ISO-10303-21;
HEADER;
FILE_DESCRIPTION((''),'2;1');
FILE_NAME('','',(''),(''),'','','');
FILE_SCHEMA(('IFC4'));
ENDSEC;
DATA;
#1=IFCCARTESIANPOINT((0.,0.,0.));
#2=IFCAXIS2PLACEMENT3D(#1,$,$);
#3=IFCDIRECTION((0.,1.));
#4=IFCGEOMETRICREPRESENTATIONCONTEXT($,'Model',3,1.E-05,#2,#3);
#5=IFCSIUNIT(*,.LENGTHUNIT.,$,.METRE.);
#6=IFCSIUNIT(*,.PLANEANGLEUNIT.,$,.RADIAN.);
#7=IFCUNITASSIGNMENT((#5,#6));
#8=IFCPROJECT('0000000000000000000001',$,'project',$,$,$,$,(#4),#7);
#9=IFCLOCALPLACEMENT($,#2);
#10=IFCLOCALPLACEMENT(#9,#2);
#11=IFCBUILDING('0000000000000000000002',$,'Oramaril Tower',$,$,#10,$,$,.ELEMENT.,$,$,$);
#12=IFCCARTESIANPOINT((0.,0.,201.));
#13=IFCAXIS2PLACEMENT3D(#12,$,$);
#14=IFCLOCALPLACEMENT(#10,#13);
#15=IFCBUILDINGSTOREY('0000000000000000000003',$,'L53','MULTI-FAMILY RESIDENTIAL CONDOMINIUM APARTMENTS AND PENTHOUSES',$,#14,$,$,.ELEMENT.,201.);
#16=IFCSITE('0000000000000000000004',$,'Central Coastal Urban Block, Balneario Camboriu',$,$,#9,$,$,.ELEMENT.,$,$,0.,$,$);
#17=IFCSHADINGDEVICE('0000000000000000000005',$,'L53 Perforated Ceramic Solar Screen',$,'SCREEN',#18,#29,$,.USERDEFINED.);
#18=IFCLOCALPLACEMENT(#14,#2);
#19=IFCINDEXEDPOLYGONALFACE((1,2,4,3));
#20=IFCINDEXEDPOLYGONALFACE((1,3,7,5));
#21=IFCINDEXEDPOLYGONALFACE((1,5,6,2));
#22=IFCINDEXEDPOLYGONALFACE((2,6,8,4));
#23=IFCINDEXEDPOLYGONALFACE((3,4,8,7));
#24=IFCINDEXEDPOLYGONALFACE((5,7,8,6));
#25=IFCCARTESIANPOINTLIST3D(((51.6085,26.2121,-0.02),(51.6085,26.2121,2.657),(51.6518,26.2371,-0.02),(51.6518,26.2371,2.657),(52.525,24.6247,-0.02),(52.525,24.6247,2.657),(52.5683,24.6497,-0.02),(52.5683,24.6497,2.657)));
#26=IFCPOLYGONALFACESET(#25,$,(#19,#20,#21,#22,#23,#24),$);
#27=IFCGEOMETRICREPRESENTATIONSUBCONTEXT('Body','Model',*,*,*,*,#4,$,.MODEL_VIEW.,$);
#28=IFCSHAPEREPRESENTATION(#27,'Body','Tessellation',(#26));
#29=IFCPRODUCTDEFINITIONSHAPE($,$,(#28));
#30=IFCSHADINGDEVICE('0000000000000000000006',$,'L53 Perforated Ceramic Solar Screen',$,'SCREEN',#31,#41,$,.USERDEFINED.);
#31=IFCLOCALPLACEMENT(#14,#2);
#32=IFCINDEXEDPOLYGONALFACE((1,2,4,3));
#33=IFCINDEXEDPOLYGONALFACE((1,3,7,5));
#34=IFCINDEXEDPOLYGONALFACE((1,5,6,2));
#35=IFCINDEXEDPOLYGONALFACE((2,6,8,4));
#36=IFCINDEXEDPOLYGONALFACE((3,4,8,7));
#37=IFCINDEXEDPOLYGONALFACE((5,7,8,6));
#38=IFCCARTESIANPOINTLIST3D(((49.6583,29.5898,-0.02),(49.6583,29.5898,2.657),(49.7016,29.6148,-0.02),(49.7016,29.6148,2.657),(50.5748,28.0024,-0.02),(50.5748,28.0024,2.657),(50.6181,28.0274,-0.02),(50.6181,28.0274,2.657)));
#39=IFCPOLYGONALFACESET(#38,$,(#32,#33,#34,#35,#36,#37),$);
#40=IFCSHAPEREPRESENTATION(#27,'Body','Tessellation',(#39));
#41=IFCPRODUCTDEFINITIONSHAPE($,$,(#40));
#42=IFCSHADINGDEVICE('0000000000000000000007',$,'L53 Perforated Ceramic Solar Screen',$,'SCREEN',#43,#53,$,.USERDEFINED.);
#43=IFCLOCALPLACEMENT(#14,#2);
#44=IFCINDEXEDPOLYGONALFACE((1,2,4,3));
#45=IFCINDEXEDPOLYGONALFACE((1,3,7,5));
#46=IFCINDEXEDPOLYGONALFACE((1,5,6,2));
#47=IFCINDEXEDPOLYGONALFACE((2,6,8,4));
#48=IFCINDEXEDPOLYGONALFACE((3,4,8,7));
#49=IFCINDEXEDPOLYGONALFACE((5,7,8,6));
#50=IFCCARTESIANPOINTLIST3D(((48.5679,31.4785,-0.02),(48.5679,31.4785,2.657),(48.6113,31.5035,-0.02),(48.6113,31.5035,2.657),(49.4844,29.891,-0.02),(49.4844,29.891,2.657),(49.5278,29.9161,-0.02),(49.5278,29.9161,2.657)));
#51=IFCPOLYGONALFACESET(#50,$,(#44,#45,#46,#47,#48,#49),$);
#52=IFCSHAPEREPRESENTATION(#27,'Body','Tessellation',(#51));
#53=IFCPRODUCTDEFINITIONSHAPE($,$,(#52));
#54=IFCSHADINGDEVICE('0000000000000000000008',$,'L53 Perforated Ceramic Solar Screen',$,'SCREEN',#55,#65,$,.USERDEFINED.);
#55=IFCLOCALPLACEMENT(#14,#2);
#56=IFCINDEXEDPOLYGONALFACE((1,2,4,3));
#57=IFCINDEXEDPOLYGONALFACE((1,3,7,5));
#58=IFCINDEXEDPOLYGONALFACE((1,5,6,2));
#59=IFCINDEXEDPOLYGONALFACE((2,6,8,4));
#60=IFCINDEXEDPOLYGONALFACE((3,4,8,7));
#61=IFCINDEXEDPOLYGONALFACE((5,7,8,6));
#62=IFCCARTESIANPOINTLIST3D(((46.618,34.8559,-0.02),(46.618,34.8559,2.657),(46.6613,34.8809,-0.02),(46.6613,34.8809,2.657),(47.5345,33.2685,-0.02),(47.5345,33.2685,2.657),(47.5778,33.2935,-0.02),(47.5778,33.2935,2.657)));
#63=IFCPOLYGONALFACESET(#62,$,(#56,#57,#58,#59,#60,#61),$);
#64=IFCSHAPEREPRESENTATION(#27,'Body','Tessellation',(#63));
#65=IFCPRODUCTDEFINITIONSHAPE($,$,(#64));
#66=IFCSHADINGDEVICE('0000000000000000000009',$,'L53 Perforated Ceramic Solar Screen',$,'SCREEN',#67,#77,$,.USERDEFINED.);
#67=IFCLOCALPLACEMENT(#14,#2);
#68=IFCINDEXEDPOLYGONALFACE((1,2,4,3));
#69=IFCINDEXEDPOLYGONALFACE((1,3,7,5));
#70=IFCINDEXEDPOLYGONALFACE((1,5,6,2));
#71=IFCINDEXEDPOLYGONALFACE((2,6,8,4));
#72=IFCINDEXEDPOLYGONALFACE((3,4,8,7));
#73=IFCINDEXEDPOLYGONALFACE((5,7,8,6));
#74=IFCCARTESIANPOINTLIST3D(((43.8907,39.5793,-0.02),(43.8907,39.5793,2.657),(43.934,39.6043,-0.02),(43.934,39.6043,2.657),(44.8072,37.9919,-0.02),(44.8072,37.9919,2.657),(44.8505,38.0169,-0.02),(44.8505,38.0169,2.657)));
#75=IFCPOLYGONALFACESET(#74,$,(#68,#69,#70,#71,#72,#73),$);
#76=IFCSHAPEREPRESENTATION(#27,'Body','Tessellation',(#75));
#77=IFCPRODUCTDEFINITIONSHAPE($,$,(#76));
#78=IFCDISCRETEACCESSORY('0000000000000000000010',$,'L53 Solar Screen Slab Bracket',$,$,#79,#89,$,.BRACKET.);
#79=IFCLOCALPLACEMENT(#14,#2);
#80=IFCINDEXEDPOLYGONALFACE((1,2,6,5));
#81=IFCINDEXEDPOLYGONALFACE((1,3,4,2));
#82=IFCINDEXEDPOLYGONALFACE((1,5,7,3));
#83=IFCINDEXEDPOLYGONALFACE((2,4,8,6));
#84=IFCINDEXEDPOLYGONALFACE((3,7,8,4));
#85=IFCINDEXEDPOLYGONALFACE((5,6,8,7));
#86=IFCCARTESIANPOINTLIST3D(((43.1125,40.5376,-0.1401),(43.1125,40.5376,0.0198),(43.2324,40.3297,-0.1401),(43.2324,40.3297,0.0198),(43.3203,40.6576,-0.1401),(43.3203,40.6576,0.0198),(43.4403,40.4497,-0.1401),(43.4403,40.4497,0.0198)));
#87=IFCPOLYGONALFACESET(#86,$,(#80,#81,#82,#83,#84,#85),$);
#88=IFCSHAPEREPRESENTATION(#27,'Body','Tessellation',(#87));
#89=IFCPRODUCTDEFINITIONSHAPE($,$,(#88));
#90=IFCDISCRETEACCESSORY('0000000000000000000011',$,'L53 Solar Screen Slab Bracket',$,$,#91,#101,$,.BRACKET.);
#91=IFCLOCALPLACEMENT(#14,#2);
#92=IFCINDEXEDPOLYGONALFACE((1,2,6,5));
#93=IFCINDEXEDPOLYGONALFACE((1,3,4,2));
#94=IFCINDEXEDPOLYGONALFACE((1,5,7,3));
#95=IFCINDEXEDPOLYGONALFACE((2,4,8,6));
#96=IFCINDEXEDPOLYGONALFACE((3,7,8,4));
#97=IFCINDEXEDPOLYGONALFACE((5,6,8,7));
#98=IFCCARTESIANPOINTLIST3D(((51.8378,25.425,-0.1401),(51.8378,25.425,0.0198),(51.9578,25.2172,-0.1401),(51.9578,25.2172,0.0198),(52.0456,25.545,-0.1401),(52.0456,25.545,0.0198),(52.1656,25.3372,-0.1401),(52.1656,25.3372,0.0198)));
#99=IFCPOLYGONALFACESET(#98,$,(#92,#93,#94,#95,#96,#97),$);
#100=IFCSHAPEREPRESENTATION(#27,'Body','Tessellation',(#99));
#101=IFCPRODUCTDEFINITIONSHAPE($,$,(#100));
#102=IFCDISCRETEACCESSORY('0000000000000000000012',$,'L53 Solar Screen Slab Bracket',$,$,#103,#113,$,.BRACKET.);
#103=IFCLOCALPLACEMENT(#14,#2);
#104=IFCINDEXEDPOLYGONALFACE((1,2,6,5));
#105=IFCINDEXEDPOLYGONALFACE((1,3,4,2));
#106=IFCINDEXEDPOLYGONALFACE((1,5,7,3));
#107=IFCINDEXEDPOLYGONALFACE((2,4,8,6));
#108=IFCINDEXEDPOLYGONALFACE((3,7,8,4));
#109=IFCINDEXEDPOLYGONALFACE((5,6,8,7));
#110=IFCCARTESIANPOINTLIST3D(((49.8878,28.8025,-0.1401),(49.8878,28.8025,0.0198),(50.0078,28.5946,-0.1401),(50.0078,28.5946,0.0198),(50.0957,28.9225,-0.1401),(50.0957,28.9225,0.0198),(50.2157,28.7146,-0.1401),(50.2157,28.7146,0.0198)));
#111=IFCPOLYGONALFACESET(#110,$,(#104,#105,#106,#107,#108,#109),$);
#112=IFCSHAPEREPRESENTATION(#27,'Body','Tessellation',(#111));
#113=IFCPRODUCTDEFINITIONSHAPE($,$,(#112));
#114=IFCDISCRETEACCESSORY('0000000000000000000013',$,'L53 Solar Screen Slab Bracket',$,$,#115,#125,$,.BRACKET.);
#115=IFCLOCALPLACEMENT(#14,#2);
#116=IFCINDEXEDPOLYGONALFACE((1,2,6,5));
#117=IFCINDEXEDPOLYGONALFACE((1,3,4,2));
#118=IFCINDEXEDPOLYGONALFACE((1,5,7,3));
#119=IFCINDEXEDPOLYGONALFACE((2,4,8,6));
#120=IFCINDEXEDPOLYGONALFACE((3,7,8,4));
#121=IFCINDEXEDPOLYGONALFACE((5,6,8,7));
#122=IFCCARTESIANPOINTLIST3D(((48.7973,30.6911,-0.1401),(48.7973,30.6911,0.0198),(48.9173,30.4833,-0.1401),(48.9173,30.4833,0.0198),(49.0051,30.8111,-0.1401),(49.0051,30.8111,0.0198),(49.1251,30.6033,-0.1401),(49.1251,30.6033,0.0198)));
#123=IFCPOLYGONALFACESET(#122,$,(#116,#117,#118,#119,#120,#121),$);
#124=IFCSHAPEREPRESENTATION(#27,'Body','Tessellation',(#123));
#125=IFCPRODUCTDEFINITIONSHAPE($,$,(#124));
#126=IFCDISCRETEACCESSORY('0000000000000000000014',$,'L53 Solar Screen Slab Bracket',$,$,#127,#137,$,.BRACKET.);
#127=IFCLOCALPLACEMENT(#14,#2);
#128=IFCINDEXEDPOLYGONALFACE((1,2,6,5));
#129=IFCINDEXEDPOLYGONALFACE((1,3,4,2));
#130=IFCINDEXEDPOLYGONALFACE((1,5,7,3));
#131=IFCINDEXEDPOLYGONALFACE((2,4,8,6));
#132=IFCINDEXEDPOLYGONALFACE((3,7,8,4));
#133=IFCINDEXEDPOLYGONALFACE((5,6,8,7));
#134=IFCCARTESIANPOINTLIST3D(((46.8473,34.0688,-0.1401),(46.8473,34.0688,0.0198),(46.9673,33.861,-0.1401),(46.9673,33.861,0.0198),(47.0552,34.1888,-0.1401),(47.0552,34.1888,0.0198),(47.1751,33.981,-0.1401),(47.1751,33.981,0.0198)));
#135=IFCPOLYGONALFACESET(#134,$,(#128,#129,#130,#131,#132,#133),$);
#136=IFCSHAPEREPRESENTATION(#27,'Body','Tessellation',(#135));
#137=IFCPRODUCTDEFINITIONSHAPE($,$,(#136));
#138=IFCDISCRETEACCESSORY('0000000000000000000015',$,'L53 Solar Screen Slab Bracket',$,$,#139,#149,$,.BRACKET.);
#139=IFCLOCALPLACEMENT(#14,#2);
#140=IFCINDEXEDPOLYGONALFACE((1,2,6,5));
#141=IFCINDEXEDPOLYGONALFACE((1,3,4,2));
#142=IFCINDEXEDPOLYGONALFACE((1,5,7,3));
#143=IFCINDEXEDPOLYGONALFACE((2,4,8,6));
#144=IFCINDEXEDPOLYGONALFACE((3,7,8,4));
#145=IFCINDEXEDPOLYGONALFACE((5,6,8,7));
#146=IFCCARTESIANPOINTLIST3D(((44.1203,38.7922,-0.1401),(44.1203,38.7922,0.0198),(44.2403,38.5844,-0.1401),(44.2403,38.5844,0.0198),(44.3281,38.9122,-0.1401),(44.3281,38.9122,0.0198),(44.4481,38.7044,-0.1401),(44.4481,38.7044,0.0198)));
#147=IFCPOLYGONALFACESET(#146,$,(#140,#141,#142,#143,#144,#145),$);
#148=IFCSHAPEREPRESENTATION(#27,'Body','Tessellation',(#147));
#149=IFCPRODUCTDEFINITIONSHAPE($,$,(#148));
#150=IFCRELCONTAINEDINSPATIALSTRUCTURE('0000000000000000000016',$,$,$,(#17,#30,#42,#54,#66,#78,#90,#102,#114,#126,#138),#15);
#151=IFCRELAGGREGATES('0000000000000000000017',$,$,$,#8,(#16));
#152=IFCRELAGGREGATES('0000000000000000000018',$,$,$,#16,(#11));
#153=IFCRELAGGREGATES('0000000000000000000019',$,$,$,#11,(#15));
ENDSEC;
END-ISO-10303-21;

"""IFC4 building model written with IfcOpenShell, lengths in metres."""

from ifc_helpers import new_model, si_unit, direction, frame, origin, origin_2d, place, context, subcontext, project, spatial, rectangle, extrude, element, save


model = new_model("IFC4")

# Units and contexts
model_context = context("Model", 3, precision=1e-05, world=origin(), true_north=direction((0.0, 1.0)))
body_context = subcontext(model_context, "Body", "Model", "MODEL_VIEW")
ifc_project = project(units=[si_unit("LENGTHUNIT", "METRE"), si_unit("PLANEANGLEUNIT", "RADIAN")], contexts=[model_context])

# Site, building, storey
site_placement = place(None, origin())
site = spatial("IfcSite", under=ifc_project, at=site_placement, Name="Central Coastal Urban Block, Balneario Camboriu", CompositionType="ELEMENT", RefElevation=0.0)
building_placement = place(site_placement, origin())
building = spatial("IfcBuilding", under=site, at=building_placement, Name="Oramaril Tower", CompositionType="ELEMENT")
storey_placement = place(building_placement, frame((0.0, 0.0, 201.0)))
storey = spatial("IfcBuildingStorey", under=building, at=storey_placement, Name="L53", Description="MULTI-FAMILY RESIDENTIAL CONDOMINIUM APARTMENTS AND PENTHOUSES", CompositionType="ELEMENT", Elevation=201.0)

# Shading devices
for number, where, z_axis, x_axis, name in (
    (1, (52.0884, 25.4309, -0.02), (0.0, 0.0, 1.0), (-0.5, 0.866025, 0.0), "L53 Perforated Ceramic Solar Screen"),
    (2, (50.1382, 28.8086, -0.02), (0.0, 0.0, 1.0), (-0.5, 0.866025, 0.0), "L53 Perforated Ceramic Solar Screen"),
    (3, (49.0479, 30.6973, -0.02), (0.0, 0.0, 1.0), (-0.5, 0.866025, 0.0), "L53 Perforated Ceramic Solar Screen"),
    (4, (47.0979, 34.0747, -0.02), (0.0, 0.0, 1.0), (-0.5, 0.866025, 0.0), "L53 Perforated Ceramic Solar Screen"),
    (5, (44.3706, 38.7981, -0.02), (0.0, 0.0, 1.0), (-0.5, 0.866025, 0.0), "L53 Perforated Ceramic Solar Screen"),
):
    element("IfcShadingDevice", number, at=place(storey_placement, frame(where, z_axis=z_axis, x_axis=x_axis)), inside=storey, Name=name, ObjectType="SCREEN", PredefinedType="USERDEFINED", context=body_context, shape_type="SweptSolid", body=[
        extrude(rectangle(XDim=1.833, YDim=0.05, at=origin_2d()), origin(), (0.0, 0.0, 1.0), 2.677),
    ])

# Discrete accessories
for number, where, z_axis, x_axis, name in (
    (6, (43.2764, 40.4937, -0.1401), (0.0, 0.0, 1.0), (-0.5, 0.866025, 0.0), "L53 Solar Screen Slab Bracket"),
    (7, (52.0017, 25.3811, -0.1401), (0.0, 0.0, 1.0), (-0.5, 0.866025, 0.0), "L53 Solar Screen Slab Bracket"),
    (8, (50.0518, 28.7585, -0.1401), (0.0, 0.0, 1.0), (-0.5, 0.866025, 0.0), "L53 Solar Screen Slab Bracket"),
    (9, (48.9612, 30.6472, -0.1401), (0.0, 0.0, 1.0), (-0.5, 0.866025, 0.0), "L53 Solar Screen Slab Bracket"),
    (10, (47.0112, 34.0249, -0.1401), (0.0, 0.0, 1.0), (-0.5, 0.866025, 0.0), "L53 Solar Screen Slab Bracket"),
    (11, (44.2842, 38.7483, -0.1401), (0.0, 0.0, 1.0), (-0.5, 0.866025, 0.0), "L53 Solar Screen Slab Bracket"),
):
    element("IfcDiscreteAccessory", number, at=place(storey_placement, frame(where, z_axis=z_axis, x_axis=x_axis)), inside=storey, Name=name, PredefinedType="BRACKET", context=body_context, shape_type="SweptSolid", body=[
        extrude(rectangle(XDim=0.24, YDim=0.24, at=origin_2d()), origin(), (0.0, 0.0, 1.0), 0.1599),
    ])

save(model, "model.ifc")
